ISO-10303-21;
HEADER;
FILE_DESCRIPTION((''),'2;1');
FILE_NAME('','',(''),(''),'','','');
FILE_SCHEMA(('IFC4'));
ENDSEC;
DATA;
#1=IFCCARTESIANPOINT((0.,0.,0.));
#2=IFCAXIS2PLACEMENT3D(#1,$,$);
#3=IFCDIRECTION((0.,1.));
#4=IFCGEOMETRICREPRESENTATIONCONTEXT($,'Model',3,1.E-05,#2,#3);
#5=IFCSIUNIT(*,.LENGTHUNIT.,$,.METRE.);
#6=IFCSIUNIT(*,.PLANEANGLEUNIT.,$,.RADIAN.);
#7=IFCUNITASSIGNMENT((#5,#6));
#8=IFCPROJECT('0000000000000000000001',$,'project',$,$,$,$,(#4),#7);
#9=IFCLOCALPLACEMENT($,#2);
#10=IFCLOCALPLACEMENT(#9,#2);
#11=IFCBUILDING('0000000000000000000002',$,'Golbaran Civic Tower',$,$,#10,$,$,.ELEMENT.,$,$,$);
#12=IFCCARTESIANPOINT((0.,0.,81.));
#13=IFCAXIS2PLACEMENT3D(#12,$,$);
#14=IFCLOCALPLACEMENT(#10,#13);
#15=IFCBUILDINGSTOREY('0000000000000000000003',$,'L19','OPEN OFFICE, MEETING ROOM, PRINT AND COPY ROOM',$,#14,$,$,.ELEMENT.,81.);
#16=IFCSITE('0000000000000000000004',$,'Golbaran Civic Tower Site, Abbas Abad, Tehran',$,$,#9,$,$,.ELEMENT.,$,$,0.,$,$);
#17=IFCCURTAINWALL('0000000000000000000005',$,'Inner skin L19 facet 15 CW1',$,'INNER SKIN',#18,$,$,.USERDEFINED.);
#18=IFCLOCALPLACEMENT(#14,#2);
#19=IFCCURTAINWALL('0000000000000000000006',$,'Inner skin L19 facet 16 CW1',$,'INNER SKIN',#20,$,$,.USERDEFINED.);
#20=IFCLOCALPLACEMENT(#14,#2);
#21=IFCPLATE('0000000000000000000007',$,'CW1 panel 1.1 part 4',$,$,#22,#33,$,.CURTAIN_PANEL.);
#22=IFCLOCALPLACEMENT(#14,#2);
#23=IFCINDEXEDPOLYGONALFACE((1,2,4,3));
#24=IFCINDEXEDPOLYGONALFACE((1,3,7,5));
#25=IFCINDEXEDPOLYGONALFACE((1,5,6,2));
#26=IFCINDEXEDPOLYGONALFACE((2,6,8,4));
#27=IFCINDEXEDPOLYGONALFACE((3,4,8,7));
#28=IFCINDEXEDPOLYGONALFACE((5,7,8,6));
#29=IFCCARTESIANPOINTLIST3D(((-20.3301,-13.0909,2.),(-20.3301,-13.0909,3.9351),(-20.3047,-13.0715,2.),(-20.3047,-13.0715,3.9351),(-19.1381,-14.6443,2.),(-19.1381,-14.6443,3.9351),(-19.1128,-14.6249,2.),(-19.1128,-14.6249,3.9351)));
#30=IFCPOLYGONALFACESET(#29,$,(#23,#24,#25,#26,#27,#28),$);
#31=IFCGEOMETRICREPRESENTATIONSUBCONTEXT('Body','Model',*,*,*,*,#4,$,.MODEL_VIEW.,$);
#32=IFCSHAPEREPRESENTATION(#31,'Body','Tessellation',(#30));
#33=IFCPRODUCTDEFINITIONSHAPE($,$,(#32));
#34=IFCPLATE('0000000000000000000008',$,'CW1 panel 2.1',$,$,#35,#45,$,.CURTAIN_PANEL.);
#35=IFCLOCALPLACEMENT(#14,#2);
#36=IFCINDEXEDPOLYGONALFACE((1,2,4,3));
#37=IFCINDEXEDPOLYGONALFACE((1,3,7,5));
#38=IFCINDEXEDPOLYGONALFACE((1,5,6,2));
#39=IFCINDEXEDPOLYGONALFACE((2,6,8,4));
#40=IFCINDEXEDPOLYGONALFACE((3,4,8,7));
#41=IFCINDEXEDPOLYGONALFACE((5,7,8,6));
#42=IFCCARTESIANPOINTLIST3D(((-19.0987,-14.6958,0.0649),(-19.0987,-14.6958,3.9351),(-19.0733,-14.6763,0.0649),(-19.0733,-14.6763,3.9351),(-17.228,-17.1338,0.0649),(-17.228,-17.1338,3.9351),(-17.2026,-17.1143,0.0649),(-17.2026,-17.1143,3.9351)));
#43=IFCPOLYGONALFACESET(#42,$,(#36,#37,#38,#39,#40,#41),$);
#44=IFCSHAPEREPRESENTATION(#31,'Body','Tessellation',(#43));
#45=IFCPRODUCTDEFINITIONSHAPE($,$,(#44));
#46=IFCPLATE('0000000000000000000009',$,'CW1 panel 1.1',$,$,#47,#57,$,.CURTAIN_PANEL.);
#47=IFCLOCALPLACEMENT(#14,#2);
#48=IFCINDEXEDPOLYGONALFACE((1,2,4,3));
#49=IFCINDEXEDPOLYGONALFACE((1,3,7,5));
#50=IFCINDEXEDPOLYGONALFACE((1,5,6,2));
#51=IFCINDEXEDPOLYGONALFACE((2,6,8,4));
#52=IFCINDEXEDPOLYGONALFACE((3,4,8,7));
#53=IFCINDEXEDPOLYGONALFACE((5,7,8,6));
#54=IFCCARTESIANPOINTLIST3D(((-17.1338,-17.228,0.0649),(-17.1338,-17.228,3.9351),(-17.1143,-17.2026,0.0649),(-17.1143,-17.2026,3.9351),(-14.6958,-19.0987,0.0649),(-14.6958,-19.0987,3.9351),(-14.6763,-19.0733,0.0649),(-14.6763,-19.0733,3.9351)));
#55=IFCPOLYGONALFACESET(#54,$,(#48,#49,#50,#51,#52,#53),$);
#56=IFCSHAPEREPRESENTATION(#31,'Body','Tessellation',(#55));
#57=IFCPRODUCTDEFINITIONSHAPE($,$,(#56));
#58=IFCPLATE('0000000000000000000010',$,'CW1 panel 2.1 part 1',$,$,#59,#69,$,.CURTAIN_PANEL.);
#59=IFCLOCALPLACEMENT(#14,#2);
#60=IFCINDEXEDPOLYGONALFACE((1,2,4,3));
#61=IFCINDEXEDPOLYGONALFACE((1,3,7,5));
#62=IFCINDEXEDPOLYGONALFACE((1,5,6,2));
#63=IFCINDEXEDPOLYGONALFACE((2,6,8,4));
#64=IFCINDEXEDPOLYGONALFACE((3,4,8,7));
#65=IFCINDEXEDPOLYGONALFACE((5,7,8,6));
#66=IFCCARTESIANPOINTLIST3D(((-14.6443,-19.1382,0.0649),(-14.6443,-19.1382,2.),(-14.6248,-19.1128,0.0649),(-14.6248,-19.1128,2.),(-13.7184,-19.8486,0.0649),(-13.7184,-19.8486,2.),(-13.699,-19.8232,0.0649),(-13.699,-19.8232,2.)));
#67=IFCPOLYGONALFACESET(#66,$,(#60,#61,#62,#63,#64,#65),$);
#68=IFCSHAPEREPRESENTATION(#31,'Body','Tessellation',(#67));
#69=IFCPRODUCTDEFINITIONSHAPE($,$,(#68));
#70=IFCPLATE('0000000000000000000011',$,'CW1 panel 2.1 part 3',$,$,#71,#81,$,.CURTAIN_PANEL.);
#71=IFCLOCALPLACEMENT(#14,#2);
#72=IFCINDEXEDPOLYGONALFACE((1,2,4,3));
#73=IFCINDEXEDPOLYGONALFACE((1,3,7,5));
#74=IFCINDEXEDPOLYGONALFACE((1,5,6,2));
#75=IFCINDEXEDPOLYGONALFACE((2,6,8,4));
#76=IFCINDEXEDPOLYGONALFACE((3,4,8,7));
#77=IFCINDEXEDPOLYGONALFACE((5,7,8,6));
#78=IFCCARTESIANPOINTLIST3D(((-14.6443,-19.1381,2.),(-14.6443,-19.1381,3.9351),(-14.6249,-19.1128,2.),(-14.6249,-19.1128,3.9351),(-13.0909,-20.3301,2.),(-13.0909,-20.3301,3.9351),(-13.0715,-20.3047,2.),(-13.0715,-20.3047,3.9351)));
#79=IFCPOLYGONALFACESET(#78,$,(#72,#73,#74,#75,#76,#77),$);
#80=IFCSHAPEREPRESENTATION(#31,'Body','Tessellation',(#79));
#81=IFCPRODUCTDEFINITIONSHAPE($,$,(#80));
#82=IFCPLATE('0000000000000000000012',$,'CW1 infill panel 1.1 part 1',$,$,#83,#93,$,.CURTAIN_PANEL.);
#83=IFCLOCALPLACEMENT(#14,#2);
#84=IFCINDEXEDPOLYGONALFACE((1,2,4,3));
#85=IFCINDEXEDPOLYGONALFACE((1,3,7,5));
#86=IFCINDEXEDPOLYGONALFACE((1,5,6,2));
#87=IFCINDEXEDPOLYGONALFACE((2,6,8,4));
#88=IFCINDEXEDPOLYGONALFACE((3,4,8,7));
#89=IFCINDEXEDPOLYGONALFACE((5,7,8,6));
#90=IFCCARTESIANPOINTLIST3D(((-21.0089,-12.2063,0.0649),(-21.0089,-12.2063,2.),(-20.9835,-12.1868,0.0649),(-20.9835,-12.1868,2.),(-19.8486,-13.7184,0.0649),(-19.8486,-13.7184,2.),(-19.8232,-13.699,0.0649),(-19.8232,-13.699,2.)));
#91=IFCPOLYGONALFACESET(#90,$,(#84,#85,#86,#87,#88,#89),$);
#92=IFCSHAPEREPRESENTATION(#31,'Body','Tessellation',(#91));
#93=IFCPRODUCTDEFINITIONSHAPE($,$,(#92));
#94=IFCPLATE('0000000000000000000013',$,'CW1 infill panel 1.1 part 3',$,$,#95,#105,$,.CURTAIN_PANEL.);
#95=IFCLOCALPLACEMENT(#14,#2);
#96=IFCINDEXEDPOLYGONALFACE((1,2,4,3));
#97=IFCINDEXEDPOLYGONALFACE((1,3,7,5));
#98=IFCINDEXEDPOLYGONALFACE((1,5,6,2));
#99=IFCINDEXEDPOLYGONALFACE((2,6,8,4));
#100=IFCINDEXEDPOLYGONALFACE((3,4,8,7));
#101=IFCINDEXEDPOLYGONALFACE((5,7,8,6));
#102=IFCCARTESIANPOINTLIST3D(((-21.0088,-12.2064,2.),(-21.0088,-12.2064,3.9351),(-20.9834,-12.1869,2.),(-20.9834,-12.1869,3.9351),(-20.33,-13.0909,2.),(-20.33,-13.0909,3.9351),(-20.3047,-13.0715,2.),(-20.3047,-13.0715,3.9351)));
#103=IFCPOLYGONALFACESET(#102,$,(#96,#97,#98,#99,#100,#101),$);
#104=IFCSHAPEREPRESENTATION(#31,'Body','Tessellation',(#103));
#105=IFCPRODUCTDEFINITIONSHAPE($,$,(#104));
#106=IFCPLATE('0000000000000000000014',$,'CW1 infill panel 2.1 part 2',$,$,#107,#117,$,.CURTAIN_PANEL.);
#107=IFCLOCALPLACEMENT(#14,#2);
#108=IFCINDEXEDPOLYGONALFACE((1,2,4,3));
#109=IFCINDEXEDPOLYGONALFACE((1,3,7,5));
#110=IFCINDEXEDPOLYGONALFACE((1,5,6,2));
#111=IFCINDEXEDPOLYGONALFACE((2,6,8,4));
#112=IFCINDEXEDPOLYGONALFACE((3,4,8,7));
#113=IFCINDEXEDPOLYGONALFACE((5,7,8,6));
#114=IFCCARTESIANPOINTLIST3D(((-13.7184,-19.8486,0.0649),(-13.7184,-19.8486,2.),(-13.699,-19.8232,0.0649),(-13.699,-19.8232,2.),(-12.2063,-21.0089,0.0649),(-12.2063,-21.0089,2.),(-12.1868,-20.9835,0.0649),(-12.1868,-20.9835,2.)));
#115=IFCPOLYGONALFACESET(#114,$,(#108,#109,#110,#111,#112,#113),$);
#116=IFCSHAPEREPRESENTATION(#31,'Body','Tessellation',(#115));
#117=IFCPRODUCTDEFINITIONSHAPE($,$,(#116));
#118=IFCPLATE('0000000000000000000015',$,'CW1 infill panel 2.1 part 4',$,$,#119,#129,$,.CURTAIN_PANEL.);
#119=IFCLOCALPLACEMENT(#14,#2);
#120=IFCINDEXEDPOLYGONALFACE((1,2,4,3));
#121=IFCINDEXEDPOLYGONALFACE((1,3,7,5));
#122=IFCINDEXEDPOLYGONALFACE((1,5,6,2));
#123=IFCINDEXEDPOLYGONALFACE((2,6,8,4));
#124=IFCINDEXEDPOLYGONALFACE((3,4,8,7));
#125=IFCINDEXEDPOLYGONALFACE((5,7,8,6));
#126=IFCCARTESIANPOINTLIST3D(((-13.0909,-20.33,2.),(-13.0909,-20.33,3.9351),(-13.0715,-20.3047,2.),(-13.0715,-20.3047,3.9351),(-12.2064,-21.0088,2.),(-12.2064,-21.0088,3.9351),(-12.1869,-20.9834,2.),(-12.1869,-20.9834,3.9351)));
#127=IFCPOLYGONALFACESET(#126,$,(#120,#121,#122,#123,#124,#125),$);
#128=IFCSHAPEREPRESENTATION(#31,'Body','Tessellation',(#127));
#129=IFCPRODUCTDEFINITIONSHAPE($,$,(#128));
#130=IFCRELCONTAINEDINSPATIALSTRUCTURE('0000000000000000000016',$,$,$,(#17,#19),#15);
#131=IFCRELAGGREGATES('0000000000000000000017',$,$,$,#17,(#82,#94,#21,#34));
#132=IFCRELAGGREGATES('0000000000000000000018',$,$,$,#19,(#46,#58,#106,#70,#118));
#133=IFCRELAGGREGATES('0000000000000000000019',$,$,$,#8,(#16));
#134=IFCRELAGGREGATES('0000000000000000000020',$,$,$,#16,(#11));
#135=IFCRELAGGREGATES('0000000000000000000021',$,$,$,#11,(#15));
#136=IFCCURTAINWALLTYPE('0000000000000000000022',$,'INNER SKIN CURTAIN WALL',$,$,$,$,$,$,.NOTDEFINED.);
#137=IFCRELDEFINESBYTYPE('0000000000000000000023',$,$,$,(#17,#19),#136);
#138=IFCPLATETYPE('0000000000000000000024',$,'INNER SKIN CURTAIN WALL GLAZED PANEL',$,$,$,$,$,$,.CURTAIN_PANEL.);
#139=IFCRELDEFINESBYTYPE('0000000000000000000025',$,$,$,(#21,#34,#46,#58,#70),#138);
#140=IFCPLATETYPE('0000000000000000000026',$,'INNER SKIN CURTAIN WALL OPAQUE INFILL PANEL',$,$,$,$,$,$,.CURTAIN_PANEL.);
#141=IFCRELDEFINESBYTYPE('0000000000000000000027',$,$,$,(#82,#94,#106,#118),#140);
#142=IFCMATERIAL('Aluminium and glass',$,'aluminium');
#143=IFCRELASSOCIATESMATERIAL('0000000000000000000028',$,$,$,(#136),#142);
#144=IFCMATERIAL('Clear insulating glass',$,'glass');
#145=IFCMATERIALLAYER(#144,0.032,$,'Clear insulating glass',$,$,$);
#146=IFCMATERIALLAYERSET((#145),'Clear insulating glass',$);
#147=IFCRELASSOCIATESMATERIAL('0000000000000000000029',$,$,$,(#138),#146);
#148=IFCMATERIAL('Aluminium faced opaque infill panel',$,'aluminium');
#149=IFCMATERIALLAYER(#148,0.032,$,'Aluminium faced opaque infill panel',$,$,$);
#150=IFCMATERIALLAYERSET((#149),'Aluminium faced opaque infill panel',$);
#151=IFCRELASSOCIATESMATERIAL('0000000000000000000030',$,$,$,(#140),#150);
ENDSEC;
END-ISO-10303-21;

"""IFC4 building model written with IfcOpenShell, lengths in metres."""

from ifc_helpers import new_model, si_unit, direction, frame, origin, origin_2d, place, context, subcontext, project, spatial, rectangle, extrude, material, layer, layer_set, type_object, element, aggregate, save


model = new_model("IFC4")

# Units and contexts
model_context = context("Model", 3, precision=1e-05, world=origin(), true_north=direction((0.0, 1.0)))
body_context = subcontext(model_context, "Body", "Model", "MODEL_VIEW")
ifc_project = project(units=[si_unit("LENGTHUNIT", "METRE"), si_unit("PLANEANGLEUNIT", "RADIAN")], contexts=[model_context])

# Site, building, storey
site_placement = place(None, origin())
site = spatial("IfcSite", under=ifc_project, at=site_placement, Name="Golbaran Civic Tower Site, Abbas Abad, Tehran", CompositionType="ELEMENT", RefElevation=0.0)
building_placement = place(site_placement, origin())
building = spatial("IfcBuilding", under=site, at=building_placement, Name="Golbaran Civic Tower", CompositionType="ELEMENT")
storey_placement = place(building_placement, frame((0.0, 0.0, 81.0)))
storey = spatial("IfcBuildingStorey", under=building, at=storey_placement, Name="L19", Description="OPEN OFFICE, MEETING ROOM, PRINT AND COPY ROOM", CompositionType="ELEMENT", Elevation=81.0)

# Curtain walls
ifc_material_1 = material(Name="Aluminium and glass", Category="aluminium")
curtain_wall_type = type_object("IfcCurtainWallType", Name="INNER SKIN CURTAIN WALL", PredefinedType="NOTDEFINED", material=ifc_material_1)
curtain_wall_1_placement = place(storey_placement, origin())
curtain_wall_1 = element("IfcCurtainWall", 1, at=curtain_wall_1_placement, inside=storey, type_object=curtain_wall_type, Name="Inner skin L19 facet 15 CW1", ObjectType="INNER SKIN", PredefinedType="USERDEFINED")
curtain_wall_2_placement = place(storey_placement, origin())
curtain_wall_2 = element("IfcCurtainWall", 2, at=curtain_wall_2_placement, inside=storey, type_object=curtain_wall_type, Name="Inner skin L19 facet 16 CW1", ObjectType="INNER SKIN", PredefinedType="USERDEFINED")

# Plates
ifc_material_2 = material(Name="Clear insulating glass", Category="glass")
ifc_layer_1 = layer(ifc_material_2, 0.032, Name="Clear insulating glass")
ifc_layer_set_1 = layer_set([ifc_layer_1], Name="Clear insulating glass")
plate_type_1 = type_object("IfcPlateType", Name="INNER SKIN CURTAIN WALL GLAZED PANEL", PredefinedType="CURTAIN_PANEL", material=ifc_layer_set_1)
plate_1_placement = place(storey_placement, frame((-19.7214, -13.8579, 2.0), z_axis=(0.0, 0.0, 1.0), x_axis=(0.608761, -0.793353, 0.0)))
plate_1 = element("IfcPlate", 3, at=plate_1_placement, type_object=plate_type_1, Name="CW1 panel 1.1 part 4", PredefinedType="CURTAIN_PANEL", context=body_context, shape_type="SweptSolid", body=[
    extrude(rectangle(XDim=1.958, YDim=0.032, at=origin_2d()), origin(), (0.0, 0.0, 1.0), 1.9351),
])
plate_2_placement = place(storey_placement, frame((-18.1506, -15.905, 0.0649), z_axis=(0.0, 0.0, 1.0), x_axis=(0.608761, -0.793353, 0.0)))
plate_2 = element("IfcPlate", 4, at=plate_2_placement, type_object=plate_type_1, Name="CW1 panel 2.1", PredefinedType="CURTAIN_PANEL", context=body_context, shape_type="SweptSolid", body=[
    extrude(rectangle(XDim=3.073, YDim=0.032, at=origin_2d()), origin(), (0.0, 0.0, 1.0), 3.8701),
])
plate_3_placement = place(storey_placement, frame((-15.905, -18.1506, 0.0649), z_axis=(0.0, 0.0, 1.0), x_axis=(0.793353, -0.608761, 0.0)))
plate_3 = element("IfcPlate", 5, at=plate_3_placement, type_object=plate_type_1, Name="CW1 panel 1.1", PredefinedType="CURTAIN_PANEL", context=body_context, shape_type="SweptSolid", body=[
    extrude(rectangle(XDim=3.073, YDim=0.032, at=origin_2d()), origin(), (0.0, 0.0, 1.0), 3.8701),
])
plate_4_placement = place(storey_placement, frame((-14.1716, -19.4807, 0.0649), z_axis=(0.0, 0.0, 1.0), x_axis=(0.793353, -0.608761, 0.0)))
plate_4 = element("IfcPlate", 6, at=plate_4_placement, type_object=plate_type_1, Name="CW1 panel 2.1 part 1", PredefinedType="CURTAIN_PANEL", context=body_context, shape_type="SweptSolid", body=[
    extrude(rectangle(XDim=1.167, YDim=0.032, at=origin_2d()), origin(), (0.0, 0.0, 1.0), 1.9351),
])
plate_5_placement = place(storey_placement, frame((-13.8579, -19.7214, 2.0), z_axis=(0.0, 0.0, 1.0), x_axis=(0.793353, -0.608761, 0.0)))
plate_5 = element("IfcPlate", 7, at=plate_5_placement, type_object=plate_type_1, Name="CW1 panel 2.1 part 3", PredefinedType="CURTAIN_PANEL", context=body_context, shape_type="SweptSolid", body=[
    extrude(rectangle(XDim=1.958, YDim=0.032, at=origin_2d()), origin(), (0.0, 0.0, 1.0), 1.9351),
])
ifc_material_3 = material(Name="Aluminium faced opaque infill panel", Category="aluminium")
ifc_layer_2 = layer(ifc_material_3, 0.032, Name="Aluminium faced opaque infill panel")
ifc_layer_set_2 = layer_set([ifc_layer_2], Name="Aluminium faced opaque infill panel")
plate_type_2 = type_object("IfcPlateType", Name="INNER SKIN CURTAIN WALL OPAQUE INFILL PANEL", PredefinedType="CURTAIN_PANEL", material=ifc_layer_set_2)
plate_6_placement = place(storey_placement, frame((-20.416, -12.9526, 0.0649), z_axis=(0.0, 0.0, 1.0), x_axis=(0.608761, -0.793353, 0.0)))
plate_6 = element("IfcPlate", 8, at=plate_6_placement, type_object=plate_type_2, Name="CW1 infill panel 1.1 part 1", PredefinedType="CURTAIN_PANEL", context=body_context, shape_type="SweptSolid", body=[
    extrude(rectangle(XDim=1.906, YDim=0.032, at=origin_2d()), origin(), (0.0, 0.0, 1.0), 1.9351),
])
plate_7_placement = place(storey_placement, frame((-20.6567, -12.6389, 2.0), z_axis=(0.0, 0.0, 1.0), x_axis=(0.608761, -0.793353, 0.0)))
plate_7 = element("IfcPlate", 9, at=plate_7_placement, type_object=plate_type_2, Name="CW1 infill panel 1.1 part 3", PredefinedType="CURTAIN_PANEL", context=body_context, shape_type="SweptSolid", body=[
    extrude(rectangle(XDim=1.115, YDim=0.032, at=origin_2d()), origin(), (0.0, 0.0, 1.0), 1.9351),
])
aggregate(curtain_wall_1, [plate_6, plate_7, plate_1, plate_2])
plate_8_placement = place(storey_placement, frame((-12.9526, -20.416, 0.0649), z_axis=(0.0, 0.0, 1.0), x_axis=(0.793353, -0.608761, 0.0)))
plate_8 = element("IfcPlate", 10, at=plate_8_placement, type_object=plate_type_2, Name="CW1 infill panel 2.1 part 2", PredefinedType="CURTAIN_PANEL", context=body_context, shape_type="SweptSolid", body=[
    extrude(rectangle(XDim=1.906, YDim=0.032, at=origin_2d()), origin(), (0.0, 0.0, 1.0), 1.9351),
])
plate_9_placement = place(storey_placement, frame((-12.6389, -20.6567, 2.0), z_axis=(0.0, 0.0, 1.0), x_axis=(0.793353, -0.608761, 0.0)))
plate_9 = element("IfcPlate", 11, at=plate_9_placement, type_object=plate_type_2, Name="CW1 infill panel 2.1 part 4", PredefinedType="CURTAIN_PANEL", context=body_context, shape_type="SweptSolid", body=[
    extrude(rectangle(XDim=1.115, YDim=0.032, at=origin_2d()), origin(), (0.0, 0.0, 1.0), 1.9351),
])
aggregate(curtain_wall_2, [plate_3, plate_4, plate_8, plate_5, plate_9])

save(model, "model.ifc")
